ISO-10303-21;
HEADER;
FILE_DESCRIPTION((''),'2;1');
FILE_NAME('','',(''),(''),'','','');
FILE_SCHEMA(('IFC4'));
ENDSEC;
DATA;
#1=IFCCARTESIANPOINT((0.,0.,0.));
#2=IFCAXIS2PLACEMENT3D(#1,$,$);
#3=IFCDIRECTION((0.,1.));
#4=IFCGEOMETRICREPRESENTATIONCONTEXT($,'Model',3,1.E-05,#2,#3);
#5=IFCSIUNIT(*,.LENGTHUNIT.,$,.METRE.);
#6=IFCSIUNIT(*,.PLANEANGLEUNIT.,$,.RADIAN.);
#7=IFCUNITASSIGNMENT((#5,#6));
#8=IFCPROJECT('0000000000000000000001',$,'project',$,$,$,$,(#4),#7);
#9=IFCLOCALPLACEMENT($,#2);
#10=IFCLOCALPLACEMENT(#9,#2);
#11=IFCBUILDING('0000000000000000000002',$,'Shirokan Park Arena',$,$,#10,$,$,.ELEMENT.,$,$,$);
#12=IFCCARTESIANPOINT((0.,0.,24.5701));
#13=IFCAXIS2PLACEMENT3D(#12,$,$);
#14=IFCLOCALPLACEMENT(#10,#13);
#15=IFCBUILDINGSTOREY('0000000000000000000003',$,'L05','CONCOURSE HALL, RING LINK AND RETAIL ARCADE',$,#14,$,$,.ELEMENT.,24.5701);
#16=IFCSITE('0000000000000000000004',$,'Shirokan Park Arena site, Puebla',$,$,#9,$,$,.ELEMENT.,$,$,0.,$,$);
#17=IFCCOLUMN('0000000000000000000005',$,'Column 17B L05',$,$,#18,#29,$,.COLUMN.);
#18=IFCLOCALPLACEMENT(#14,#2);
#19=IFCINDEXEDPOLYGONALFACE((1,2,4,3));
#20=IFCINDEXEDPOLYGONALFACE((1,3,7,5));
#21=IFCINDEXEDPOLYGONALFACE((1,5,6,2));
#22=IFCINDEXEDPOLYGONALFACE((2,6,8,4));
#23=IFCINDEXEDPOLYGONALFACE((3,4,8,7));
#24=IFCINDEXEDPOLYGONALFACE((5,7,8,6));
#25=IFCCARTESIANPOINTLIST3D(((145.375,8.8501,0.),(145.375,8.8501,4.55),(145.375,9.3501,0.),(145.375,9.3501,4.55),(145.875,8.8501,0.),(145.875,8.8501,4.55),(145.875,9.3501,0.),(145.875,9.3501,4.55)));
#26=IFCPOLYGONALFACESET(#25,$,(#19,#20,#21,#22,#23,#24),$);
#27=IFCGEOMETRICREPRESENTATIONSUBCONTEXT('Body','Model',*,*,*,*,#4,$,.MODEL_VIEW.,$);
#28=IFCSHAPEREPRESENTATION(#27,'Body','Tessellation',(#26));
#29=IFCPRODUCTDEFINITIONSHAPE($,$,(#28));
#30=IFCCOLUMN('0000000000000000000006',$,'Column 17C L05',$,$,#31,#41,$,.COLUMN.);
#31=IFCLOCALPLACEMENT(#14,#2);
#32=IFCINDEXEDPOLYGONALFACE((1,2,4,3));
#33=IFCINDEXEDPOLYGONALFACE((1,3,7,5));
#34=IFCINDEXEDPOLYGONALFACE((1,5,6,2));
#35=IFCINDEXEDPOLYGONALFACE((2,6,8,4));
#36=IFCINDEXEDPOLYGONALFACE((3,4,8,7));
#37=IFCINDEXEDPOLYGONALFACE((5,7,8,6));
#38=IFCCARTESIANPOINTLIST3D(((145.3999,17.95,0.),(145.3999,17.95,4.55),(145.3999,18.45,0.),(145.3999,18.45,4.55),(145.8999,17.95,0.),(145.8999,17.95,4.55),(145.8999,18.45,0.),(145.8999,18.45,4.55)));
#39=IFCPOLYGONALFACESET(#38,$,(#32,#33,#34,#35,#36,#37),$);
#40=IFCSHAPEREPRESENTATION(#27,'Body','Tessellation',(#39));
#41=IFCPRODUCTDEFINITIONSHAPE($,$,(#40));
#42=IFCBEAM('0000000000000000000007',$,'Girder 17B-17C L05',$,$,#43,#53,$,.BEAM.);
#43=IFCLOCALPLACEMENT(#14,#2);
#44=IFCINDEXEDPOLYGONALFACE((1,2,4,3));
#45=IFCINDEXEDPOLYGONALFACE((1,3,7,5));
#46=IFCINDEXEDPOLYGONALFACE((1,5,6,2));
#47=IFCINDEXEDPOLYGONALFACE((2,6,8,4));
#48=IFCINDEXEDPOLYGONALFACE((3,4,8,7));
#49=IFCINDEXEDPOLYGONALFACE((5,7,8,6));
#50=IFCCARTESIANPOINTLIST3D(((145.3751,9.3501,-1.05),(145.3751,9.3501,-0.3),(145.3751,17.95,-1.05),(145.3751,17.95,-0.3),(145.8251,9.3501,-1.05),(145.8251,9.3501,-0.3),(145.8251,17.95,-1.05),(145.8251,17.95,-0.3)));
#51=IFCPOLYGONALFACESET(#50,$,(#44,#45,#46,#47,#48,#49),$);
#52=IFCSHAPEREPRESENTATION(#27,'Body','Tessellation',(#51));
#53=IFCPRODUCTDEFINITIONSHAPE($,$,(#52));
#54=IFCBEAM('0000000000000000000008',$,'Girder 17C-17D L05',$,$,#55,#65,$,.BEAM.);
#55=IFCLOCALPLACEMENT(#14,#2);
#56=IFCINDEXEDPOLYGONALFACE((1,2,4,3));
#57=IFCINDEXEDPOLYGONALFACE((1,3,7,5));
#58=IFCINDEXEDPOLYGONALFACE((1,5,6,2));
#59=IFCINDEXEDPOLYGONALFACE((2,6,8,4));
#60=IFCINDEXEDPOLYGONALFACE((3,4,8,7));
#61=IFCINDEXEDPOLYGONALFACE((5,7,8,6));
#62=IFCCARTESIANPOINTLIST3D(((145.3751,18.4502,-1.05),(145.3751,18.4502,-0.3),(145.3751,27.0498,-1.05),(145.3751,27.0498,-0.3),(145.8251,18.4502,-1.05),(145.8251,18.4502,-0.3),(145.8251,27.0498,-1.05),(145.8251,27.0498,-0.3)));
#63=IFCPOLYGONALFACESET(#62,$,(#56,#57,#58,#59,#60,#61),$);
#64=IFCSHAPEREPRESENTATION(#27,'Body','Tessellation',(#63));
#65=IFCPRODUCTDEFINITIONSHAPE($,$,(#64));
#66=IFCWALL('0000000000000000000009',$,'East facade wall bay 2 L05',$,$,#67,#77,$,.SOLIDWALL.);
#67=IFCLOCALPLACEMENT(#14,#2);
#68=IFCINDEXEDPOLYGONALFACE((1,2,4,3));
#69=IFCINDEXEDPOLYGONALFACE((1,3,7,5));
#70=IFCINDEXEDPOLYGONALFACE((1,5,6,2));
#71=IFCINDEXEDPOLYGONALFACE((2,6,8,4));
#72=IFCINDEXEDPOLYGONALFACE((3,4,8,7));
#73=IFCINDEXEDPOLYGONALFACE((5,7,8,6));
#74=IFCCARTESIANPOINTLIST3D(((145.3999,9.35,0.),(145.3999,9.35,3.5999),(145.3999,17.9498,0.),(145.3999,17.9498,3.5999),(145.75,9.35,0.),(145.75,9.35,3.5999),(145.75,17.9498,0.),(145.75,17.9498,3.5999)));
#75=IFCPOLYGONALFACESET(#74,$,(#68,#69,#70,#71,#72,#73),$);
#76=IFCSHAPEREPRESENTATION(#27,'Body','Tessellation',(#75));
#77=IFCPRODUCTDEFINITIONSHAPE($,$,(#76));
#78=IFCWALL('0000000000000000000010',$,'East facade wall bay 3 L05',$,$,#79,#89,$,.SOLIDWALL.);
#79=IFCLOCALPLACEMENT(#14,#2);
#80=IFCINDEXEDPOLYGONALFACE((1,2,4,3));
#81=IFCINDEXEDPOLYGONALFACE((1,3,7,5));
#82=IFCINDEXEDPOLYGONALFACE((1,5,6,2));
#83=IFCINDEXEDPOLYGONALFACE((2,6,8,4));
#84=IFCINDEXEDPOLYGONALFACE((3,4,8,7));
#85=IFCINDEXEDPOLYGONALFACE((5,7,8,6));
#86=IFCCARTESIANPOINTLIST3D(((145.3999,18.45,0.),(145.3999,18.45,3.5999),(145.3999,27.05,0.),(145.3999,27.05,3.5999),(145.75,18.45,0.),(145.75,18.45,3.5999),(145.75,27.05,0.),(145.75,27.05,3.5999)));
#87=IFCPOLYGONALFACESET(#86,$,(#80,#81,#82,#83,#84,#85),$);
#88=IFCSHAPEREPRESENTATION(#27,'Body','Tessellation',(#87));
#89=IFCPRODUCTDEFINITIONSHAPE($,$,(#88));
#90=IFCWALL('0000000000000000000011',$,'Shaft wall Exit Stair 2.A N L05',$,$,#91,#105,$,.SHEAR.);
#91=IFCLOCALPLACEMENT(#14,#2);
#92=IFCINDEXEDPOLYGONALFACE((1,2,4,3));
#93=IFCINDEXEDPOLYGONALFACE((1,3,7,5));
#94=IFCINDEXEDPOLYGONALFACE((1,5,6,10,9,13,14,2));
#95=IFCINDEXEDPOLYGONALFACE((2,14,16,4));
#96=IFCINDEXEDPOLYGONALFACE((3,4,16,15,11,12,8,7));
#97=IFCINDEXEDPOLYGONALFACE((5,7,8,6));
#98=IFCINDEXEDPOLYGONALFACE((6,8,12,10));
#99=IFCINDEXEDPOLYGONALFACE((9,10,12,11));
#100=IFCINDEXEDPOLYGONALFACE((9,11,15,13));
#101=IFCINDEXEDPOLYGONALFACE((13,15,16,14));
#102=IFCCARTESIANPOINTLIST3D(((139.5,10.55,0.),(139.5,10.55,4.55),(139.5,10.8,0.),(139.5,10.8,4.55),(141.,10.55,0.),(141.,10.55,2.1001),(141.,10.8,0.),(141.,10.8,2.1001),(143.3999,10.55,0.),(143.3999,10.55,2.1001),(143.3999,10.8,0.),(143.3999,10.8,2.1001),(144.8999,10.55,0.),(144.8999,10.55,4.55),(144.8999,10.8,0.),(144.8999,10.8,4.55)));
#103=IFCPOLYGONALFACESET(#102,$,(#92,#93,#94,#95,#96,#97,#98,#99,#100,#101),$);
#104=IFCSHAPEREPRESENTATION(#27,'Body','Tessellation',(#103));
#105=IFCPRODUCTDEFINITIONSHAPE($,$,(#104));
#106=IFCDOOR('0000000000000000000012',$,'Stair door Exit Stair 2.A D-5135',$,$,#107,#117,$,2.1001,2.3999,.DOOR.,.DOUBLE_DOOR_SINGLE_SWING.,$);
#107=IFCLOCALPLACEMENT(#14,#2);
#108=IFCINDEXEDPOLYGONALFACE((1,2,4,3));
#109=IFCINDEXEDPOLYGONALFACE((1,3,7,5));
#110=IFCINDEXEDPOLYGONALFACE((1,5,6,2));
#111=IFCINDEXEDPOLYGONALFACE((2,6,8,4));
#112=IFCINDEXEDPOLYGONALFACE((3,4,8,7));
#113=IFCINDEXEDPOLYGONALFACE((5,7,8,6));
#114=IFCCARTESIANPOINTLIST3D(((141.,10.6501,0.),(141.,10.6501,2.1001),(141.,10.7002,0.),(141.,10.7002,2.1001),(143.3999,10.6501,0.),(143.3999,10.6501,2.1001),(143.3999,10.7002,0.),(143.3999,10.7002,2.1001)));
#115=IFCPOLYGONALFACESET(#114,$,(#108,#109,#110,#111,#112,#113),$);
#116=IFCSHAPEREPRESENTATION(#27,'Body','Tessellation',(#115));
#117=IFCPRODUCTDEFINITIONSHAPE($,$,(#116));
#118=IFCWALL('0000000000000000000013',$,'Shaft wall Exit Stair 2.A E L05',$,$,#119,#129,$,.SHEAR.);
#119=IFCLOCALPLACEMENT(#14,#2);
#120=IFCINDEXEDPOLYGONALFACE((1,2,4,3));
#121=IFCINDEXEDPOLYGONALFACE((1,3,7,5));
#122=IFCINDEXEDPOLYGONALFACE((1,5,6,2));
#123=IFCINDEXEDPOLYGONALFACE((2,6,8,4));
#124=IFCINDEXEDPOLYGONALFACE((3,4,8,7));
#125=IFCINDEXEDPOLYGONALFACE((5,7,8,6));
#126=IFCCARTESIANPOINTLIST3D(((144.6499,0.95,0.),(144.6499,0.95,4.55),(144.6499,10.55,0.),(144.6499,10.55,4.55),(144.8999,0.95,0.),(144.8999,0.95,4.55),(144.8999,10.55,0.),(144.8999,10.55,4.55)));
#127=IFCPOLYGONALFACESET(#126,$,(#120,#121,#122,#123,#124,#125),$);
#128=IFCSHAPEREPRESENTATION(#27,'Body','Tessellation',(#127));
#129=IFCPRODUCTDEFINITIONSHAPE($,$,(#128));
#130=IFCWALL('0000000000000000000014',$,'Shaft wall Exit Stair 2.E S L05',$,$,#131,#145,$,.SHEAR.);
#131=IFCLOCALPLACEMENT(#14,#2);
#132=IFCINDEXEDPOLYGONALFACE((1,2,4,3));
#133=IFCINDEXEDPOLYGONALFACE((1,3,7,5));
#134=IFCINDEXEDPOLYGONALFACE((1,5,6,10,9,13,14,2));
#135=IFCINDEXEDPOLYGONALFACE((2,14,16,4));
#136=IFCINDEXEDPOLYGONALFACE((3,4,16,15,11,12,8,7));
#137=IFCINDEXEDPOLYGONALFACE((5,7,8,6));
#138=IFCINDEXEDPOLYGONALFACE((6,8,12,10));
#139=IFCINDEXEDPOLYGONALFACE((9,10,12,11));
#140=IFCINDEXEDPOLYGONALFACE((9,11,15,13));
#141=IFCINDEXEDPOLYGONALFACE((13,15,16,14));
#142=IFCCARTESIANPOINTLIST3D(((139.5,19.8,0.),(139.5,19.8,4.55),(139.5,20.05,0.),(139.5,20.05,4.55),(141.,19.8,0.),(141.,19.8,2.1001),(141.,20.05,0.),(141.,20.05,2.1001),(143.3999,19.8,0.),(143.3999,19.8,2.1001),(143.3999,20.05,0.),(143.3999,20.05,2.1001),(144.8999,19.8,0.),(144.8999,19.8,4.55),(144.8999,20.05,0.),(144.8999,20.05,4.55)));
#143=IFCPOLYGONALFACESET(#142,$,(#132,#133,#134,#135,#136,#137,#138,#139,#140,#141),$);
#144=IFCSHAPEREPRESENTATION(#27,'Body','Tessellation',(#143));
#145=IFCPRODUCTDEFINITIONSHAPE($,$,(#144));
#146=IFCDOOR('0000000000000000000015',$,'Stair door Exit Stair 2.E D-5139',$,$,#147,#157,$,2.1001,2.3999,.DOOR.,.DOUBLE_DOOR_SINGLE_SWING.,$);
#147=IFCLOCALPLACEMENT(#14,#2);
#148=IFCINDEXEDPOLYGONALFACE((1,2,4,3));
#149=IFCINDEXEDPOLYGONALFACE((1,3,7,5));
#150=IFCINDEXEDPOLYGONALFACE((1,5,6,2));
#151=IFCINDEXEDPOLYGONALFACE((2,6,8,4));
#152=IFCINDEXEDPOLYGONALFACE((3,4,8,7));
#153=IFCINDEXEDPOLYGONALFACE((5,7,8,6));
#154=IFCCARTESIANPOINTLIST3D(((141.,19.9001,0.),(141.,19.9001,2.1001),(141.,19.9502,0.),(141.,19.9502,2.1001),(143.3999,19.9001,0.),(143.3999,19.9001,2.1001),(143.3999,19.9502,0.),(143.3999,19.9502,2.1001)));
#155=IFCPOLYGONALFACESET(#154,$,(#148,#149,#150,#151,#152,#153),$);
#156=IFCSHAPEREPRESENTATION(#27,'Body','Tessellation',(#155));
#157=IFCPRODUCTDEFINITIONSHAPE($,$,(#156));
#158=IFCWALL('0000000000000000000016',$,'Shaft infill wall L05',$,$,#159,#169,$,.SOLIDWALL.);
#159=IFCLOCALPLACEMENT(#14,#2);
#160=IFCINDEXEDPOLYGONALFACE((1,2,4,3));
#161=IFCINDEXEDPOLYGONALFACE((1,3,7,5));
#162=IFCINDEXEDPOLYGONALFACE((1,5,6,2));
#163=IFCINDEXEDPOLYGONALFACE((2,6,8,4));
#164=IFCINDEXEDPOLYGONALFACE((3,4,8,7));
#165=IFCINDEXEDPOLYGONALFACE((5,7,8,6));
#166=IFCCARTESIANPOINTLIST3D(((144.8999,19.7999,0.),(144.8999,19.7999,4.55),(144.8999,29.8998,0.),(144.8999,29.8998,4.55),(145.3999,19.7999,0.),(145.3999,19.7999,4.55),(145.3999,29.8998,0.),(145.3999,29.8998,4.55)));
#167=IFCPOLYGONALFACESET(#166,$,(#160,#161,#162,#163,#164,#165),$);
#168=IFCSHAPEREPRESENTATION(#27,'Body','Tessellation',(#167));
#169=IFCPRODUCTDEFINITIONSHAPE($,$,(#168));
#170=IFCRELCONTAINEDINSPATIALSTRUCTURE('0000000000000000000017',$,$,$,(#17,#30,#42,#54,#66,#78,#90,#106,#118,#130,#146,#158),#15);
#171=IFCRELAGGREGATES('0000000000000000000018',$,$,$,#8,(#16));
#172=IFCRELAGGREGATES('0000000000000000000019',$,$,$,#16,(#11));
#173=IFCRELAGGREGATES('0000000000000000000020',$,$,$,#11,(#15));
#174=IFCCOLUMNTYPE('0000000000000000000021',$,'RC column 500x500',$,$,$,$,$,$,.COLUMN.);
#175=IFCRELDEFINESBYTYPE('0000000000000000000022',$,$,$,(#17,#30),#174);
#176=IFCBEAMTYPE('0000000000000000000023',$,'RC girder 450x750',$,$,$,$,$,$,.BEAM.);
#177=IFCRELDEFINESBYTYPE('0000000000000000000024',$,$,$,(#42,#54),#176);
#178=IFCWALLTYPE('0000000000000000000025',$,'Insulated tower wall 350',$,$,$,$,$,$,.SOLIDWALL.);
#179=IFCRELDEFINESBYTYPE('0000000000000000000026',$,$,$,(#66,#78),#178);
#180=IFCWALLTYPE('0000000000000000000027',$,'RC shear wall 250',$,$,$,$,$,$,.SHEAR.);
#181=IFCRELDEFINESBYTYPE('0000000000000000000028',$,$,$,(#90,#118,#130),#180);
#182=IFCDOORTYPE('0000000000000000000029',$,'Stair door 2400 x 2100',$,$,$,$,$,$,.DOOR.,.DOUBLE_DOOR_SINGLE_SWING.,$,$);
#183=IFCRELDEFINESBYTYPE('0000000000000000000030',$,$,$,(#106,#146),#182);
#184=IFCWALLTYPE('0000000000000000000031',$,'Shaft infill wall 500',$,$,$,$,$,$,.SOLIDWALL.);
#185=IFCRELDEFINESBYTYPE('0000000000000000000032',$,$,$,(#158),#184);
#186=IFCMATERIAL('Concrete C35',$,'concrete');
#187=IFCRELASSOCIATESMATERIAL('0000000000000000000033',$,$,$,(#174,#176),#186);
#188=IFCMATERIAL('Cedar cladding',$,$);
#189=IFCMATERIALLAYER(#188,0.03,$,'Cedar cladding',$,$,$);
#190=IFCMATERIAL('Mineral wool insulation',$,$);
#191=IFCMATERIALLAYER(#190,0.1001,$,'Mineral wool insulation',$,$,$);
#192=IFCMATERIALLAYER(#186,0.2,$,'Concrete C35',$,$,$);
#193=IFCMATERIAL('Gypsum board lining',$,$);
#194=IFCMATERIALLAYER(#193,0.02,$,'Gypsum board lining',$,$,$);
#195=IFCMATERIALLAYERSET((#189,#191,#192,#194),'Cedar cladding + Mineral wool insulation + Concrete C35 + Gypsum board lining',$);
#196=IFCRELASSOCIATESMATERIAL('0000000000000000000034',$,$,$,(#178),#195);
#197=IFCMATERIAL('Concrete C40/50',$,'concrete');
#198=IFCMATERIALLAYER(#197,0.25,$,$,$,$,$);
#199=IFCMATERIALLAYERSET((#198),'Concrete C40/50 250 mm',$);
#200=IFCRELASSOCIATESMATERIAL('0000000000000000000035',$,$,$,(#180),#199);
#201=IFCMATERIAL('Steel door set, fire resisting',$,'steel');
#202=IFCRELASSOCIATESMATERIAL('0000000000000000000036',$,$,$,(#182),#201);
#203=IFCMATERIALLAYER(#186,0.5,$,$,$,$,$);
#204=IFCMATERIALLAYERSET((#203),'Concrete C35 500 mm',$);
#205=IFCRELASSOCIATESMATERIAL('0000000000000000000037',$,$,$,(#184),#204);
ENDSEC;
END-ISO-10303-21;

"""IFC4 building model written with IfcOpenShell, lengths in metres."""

from ifc_helpers import new_model, si_unit, direction, frame, frame_2d, origin, origin_2d, place, context, subcontext, project, spatial, rectangle, extrude, material, layer, layer_set, material_profile, profile_set, type_object, element, fill, save


model = new_model("IFC4")

# Units and contexts
model_context = context("Model", 3, precision=1e-05, world=origin(), true_north=direction((0.0, 1.0)))
body_context = subcontext(model_context, "Body", "Model", "MODEL_VIEW")
ifc_project = project(units=[si_unit("LENGTHUNIT", "METRE"), si_unit("PLANEANGLEUNIT", "RADIAN")], contexts=[model_context])

# Site, building, storey
site_placement = place(None, origin())
site = spatial("IfcSite", under=ifc_project, at=site_placement, Name="Shirokan Park Arena site, Puebla", CompositionType="ELEMENT", RefElevation=0.0)
building_placement = place(site_placement, origin())
building = spatial("IfcBuilding", under=site, at=building_placement, Name="Shirokan Park Arena", CompositionType="ELEMENT")
storey_placement = place(building_placement, frame((0.0, 0.0, 24.5701)))
storey = spatial("IfcBuildingStorey", under=building, at=storey_placement, Name="L05", Description="CONCOURSE HALL, RING LINK AND RETAIL ARCADE", CompositionType="ELEMENT", Elevation=24.5701)

# Columns
ifc_material_1 = material(Name="Concrete C35", Category="concrete")
ifc_material_profile_1 = material_profile(ifc_material_1, rectangle(XDim=0.5, YDim=0.5, at=origin_2d()), Name="500x500")
ifc_profile_set_1 = profile_set([ifc_material_profile_1], Name="Concrete C35")
column_type = type_object("IfcColumnType", Name="RC column 500x500", PredefinedType="COLUMN", material=ifc_profile_set_1)
for number, where, z_axis, x_axis, name in (
    (1, (145.625, 9.1001, 0.0), (0.0, 0.0, 1.0), (1.0, 0.0, 0.0), "Column 17B L05"),
    (2, (145.6499, 18.2, 0.0), (0.0, 0.0, 1.0), (1.0, 0.0, 0.0), "Column 17C L05"),
):
    element("IfcColumn", number, at=place(storey_placement, frame(where, z_axis=z_axis, x_axis=x_axis)), inside=storey, type_object=column_type, Name=name, PredefinedType="COLUMN", context=body_context, shape_type="SweptSolid", body=[
        extrude(rectangle(XDim=0.5, YDim=0.5, at=origin_2d()), origin(), (0.0, 0.0, 1.0), 4.55),
    ])

# Beams
ifc_material_profile_2 = material_profile(ifc_material_1, rectangle(XDim=0.45, YDim=0.75, at=origin_2d()), Name="450x750")
ifc_profile_set_2 = profile_set([ifc_material_profile_2], Name="Concrete C35")
beam_type = type_object("IfcBeamType", Name="RC girder 450x750", PredefinedType="BEAM", material=ifc_profile_set_2)
beam_1_placement = place(storey_placement, frame((145.6001, 9.3501, -0.675), z_axis=(0.0, 1.0, 0.0), x_axis=(-1.0, 0.0, 0.0)))
element("IfcBeam", 3, at=beam_1_placement, inside=storey, type_object=beam_type, Name="Girder 17B-17C L05", PredefinedType="BEAM", context=body_context, shape_type="SweptSolid", body=[
    extrude(rectangle(XDim=0.45, YDim=0.75, at=origin_2d()), origin(), (0.0, 0.0, 1.0), 8.5999),
])
beam_2_placement = place(storey_placement, frame((145.6001, 18.4502, -0.675), z_axis=(0.0, 1.0, 0.0), x_axis=(-1.0, 0.0, 0.0)))
element("IfcBeam", 4, at=beam_2_placement, inside=storey, type_object=beam_type, Name="Girder 17C-17D L05", PredefinedType="BEAM", context=body_context, shape_type="SweptSolid", body=[
    extrude(rectangle(XDim=0.45, YDim=0.75, at=origin_2d()), origin(), (0.0, 0.0, 1.0), 8.5996),
])

# Walls
ifc_material_2 = material(Name="Cedar cladding")
ifc_layer_1 = layer(ifc_material_2, 0.03, Name="Cedar cladding")
ifc_material_3 = material(Name="Mineral wool insulation")
ifc_layer_2 = layer(ifc_material_3, 0.1001, Name="Mineral wool insulation")
ifc_layer_3 = layer(ifc_material_1, 0.2, Name="Concrete C35")
ifc_material_4 = material(Name="Gypsum board lining")
ifc_layer_4 = layer(ifc_material_4, 0.02, Name="Gypsum board lining")
ifc_layer_set_1 = layer_set([ifc_layer_1, ifc_layer_2, ifc_layer_3, ifc_layer_4], Name="Cedar cladding + Mineral wool insulation + Concrete C35 + Gypsum board lining")
wall_type_1 = type_object("IfcWallType", Name="Insulated tower wall 350", PredefinedType="SOLIDWALL", material=ifc_layer_set_1)
wall_1_placement = place(storey_placement, frame((145.575, 9.3501, 0.0), z_axis=(0.0, 0.0, 1.0), x_axis=(0.0, 1.0, 0.0)))
element("IfcWall", 5, at=wall_1_placement, inside=storey, type_object=wall_type_1, Name="East facade wall bay 2 L05", PredefinedType="SOLIDWALL", context=body_context, shape_type="SweptSolid", body=[
    extrude(rectangle(XDim=8.5999, YDim=0.3501, at=frame_2d((4.2998, 0.0))), origin(), (0.0, 0.0, 1.0), 3.5999),
])
wall_2_placement = place(storey_placement, frame((145.575, 18.45, 0.0), z_axis=(0.0, 0.0, 1.0), x_axis=(0.0, 1.0, 0.0)))
element("IfcWall", 6, at=wall_2_placement, inside=storey, type_object=wall_type_1, Name="East facade wall bay 3 L05", PredefinedType="SOLIDWALL", context=body_context, shape_type="SweptSolid", body=[
    extrude(rectangle(XDim=8.6001, YDim=0.3501, at=frame_2d((4.3, 0.0))), origin(), (0.0, 0.0, 1.0), 3.5999),
])

# Wall, opening, door
ifc_material_5 = material(Name="Concrete C40/50", Category="concrete")
ifc_layer_5 = layer(ifc_material_5, 0.25)
ifc_layer_set_2 = layer_set([ifc_layer_5], Name="Concrete C40/50 250 mm")
wall_type_2 = type_object("IfcWallType", Name="RC shear wall 250", PredefinedType="SHEAR", material=ifc_layer_set_2)
wall_3_placement = place(storey_placement, frame((144.8999, 10.675, 0.0), z_axis=(0.0, 0.0, 1.0), x_axis=(-1.0, 0.0, 0.0)))
wall_3 = element("IfcWall", 7, at=wall_3_placement, inside=storey, type_object=wall_type_2, Name="Shaft wall Exit Stair 2.A N L05", PredefinedType="SHEAR", context=body_context, shape_type="SweptSolid", body=[
    extrude(rectangle(XDim=5.3999, YDim=0.25, at=frame_2d((2.7, 0.0))), origin(), (0.0, 0.0, 1.0), 4.55),
])
opening_1_placement = place(wall_3_placement, frame((1.5, 0.0, 0.0)))
opening_1 = element("IfcOpeningElement", 8, at=opening_1_placement, cuts=wall_3, PredefinedType="OPENING", context=body_context, shape_type="SweptSolid", body=[
    extrude(rectangle(XDim=2.3999, YDim=2.1001, at=frame_2d((1.2, 1.05))), frame((0.0, 0.135, 0.0), z_axis=(0.0, -1.0, 0.0), x_axis=(1.0, 0.0, 0.0)), (0.0, 0.0, 1.0), 0.27),
])
ifc_material_6 = material(Name="Steel door set, fire resisting", Category="steel")
door_type = type_object("IfcDoorType", Name="Stair door 2400 x 2100", OperationType="DOUBLE_DOOR_SINGLE_SWING", PredefinedType="DOOR", material=ifc_material_6)
door_1_placement = place(opening_1_placement, origin())
door_1 = element("IfcDoor", 9, at=door_1_placement, inside=storey, type_object=door_type, Name="Stair door Exit Stair 2.A D-5135", OperationType="DOUBLE_DOOR_SINGLE_SWING", OverallHeight=2.1001, OverallWidth=2.3999, PredefinedType="DOOR", context=body_context, shape_type="SweptSolid", body=[
    extrude(rectangle(XDim=2.3999, YDim=2.1001, at=frame_2d((1.2, 1.05))), frame((0.0, 0.0249, 0.0), z_axis=(0.0, -1.0, 0.0), x_axis=(1.0, 0.0, 0.0)), (0.0, 0.0, 1.0), 0.05),
])
fill(opening_1, door_1)

# Wall
wall_4_placement = place(storey_placement, frame((144.7749, 10.55, 0.0), z_axis=(0.0, 0.0, 1.0), x_axis=(0.0, -1.0, 0.0)))
element("IfcWall", 10, at=wall_4_placement, inside=storey, type_object=wall_type_2, Name="Shaft wall Exit Stair 2.A E L05", PredefinedType="SHEAR", context=body_context, shape_type="SweptSolid", body=[
    extrude(rectangle(XDim=9.6001, YDim=0.25, at=frame_2d((4.8, 0.0))), origin(), (0.0, 0.0, 1.0), 4.55),
])

# Wall, opening, door
wall_5_placement = place(storey_placement, frame((144.8999, 19.925, 0.0), z_axis=(0.0, 0.0, 1.0), x_axis=(-1.0, 0.0, 0.0)))
wall_5 = element("IfcWall", 11, at=wall_5_placement, inside=storey, type_object=wall_type_2, Name="Shaft wall Exit Stair 2.E S L05", PredefinedType="SHEAR", context=body_context, shape_type="SweptSolid", body=[
    extrude(rectangle(XDim=5.3999, YDim=0.25, at=frame_2d((2.7, 0.0))), origin(), (0.0, 0.0, 1.0), 4.55),
])
opening_2_placement = place(wall_5_placement, frame((1.5, 0.0, 0.0)))
opening_2 = element("IfcOpeningElement", 12, at=opening_2_placement, cuts=wall_5, PredefinedType="OPENING", context=body_context, shape_type="SweptSolid", body=[
    extrude(rectangle(XDim=2.3999, YDim=2.1001, at=frame_2d((1.2, 1.05))), frame((0.0, 0.135, 0.0), z_axis=(0.0, -1.0, 0.0), x_axis=(1.0, 0.0, 0.0)), (0.0, 0.0, 1.0), 0.27),
])
door_2_placement = place(opening_2_placement, origin())
door_2 = element("IfcDoor", 13, at=door_2_placement, inside=storey, type_object=door_type, Name="Stair door Exit Stair 2.E D-5139", OperationType="DOUBLE_DOOR_SINGLE_SWING", OverallHeight=2.1001, OverallWidth=2.3999, PredefinedType="DOOR", context=body_context, shape_type="SweptSolid", body=[
    extrude(rectangle(XDim=2.3999, YDim=2.1001, at=frame_2d((1.2, 1.05))), frame((0.0, 0.0249, 0.0), z_axis=(0.0, -1.0, 0.0), x_axis=(1.0, 0.0, 0.0)), (0.0, 0.0, 1.0), 0.05),
])
fill(opening_2, door_2)

# Wall
ifc_layer_6 = layer(ifc_material_1, 0.5)
ifc_layer_set_3 = layer_set([ifc_layer_6], Name="Concrete C35 500 mm")
wall_type_3 = type_object("IfcWallType", Name="Shaft infill wall 500", PredefinedType="SOLIDWALL", material=ifc_layer_set_3)
wall_6_placement = place(storey_placement, frame((145.1499, 19.8, 0.0), z_axis=(0.0, 0.0, 1.0), x_axis=(0.0, 1.0, 0.0)))
element("IfcWall", 14, at=wall_6_placement, inside=storey, type_object=wall_type_3, Name="Shaft infill wall L05", PredefinedType="SOLIDWALL", context=body_context, shape_type="SweptSolid", body=[
    extrude(rectangle(XDim=10.0999, YDim=0.5, at=frame_2d((5.0498, 0.0))), origin(), (0.0, 0.0, 1.0), 4.55),
])

save(model, "model.ifc")
